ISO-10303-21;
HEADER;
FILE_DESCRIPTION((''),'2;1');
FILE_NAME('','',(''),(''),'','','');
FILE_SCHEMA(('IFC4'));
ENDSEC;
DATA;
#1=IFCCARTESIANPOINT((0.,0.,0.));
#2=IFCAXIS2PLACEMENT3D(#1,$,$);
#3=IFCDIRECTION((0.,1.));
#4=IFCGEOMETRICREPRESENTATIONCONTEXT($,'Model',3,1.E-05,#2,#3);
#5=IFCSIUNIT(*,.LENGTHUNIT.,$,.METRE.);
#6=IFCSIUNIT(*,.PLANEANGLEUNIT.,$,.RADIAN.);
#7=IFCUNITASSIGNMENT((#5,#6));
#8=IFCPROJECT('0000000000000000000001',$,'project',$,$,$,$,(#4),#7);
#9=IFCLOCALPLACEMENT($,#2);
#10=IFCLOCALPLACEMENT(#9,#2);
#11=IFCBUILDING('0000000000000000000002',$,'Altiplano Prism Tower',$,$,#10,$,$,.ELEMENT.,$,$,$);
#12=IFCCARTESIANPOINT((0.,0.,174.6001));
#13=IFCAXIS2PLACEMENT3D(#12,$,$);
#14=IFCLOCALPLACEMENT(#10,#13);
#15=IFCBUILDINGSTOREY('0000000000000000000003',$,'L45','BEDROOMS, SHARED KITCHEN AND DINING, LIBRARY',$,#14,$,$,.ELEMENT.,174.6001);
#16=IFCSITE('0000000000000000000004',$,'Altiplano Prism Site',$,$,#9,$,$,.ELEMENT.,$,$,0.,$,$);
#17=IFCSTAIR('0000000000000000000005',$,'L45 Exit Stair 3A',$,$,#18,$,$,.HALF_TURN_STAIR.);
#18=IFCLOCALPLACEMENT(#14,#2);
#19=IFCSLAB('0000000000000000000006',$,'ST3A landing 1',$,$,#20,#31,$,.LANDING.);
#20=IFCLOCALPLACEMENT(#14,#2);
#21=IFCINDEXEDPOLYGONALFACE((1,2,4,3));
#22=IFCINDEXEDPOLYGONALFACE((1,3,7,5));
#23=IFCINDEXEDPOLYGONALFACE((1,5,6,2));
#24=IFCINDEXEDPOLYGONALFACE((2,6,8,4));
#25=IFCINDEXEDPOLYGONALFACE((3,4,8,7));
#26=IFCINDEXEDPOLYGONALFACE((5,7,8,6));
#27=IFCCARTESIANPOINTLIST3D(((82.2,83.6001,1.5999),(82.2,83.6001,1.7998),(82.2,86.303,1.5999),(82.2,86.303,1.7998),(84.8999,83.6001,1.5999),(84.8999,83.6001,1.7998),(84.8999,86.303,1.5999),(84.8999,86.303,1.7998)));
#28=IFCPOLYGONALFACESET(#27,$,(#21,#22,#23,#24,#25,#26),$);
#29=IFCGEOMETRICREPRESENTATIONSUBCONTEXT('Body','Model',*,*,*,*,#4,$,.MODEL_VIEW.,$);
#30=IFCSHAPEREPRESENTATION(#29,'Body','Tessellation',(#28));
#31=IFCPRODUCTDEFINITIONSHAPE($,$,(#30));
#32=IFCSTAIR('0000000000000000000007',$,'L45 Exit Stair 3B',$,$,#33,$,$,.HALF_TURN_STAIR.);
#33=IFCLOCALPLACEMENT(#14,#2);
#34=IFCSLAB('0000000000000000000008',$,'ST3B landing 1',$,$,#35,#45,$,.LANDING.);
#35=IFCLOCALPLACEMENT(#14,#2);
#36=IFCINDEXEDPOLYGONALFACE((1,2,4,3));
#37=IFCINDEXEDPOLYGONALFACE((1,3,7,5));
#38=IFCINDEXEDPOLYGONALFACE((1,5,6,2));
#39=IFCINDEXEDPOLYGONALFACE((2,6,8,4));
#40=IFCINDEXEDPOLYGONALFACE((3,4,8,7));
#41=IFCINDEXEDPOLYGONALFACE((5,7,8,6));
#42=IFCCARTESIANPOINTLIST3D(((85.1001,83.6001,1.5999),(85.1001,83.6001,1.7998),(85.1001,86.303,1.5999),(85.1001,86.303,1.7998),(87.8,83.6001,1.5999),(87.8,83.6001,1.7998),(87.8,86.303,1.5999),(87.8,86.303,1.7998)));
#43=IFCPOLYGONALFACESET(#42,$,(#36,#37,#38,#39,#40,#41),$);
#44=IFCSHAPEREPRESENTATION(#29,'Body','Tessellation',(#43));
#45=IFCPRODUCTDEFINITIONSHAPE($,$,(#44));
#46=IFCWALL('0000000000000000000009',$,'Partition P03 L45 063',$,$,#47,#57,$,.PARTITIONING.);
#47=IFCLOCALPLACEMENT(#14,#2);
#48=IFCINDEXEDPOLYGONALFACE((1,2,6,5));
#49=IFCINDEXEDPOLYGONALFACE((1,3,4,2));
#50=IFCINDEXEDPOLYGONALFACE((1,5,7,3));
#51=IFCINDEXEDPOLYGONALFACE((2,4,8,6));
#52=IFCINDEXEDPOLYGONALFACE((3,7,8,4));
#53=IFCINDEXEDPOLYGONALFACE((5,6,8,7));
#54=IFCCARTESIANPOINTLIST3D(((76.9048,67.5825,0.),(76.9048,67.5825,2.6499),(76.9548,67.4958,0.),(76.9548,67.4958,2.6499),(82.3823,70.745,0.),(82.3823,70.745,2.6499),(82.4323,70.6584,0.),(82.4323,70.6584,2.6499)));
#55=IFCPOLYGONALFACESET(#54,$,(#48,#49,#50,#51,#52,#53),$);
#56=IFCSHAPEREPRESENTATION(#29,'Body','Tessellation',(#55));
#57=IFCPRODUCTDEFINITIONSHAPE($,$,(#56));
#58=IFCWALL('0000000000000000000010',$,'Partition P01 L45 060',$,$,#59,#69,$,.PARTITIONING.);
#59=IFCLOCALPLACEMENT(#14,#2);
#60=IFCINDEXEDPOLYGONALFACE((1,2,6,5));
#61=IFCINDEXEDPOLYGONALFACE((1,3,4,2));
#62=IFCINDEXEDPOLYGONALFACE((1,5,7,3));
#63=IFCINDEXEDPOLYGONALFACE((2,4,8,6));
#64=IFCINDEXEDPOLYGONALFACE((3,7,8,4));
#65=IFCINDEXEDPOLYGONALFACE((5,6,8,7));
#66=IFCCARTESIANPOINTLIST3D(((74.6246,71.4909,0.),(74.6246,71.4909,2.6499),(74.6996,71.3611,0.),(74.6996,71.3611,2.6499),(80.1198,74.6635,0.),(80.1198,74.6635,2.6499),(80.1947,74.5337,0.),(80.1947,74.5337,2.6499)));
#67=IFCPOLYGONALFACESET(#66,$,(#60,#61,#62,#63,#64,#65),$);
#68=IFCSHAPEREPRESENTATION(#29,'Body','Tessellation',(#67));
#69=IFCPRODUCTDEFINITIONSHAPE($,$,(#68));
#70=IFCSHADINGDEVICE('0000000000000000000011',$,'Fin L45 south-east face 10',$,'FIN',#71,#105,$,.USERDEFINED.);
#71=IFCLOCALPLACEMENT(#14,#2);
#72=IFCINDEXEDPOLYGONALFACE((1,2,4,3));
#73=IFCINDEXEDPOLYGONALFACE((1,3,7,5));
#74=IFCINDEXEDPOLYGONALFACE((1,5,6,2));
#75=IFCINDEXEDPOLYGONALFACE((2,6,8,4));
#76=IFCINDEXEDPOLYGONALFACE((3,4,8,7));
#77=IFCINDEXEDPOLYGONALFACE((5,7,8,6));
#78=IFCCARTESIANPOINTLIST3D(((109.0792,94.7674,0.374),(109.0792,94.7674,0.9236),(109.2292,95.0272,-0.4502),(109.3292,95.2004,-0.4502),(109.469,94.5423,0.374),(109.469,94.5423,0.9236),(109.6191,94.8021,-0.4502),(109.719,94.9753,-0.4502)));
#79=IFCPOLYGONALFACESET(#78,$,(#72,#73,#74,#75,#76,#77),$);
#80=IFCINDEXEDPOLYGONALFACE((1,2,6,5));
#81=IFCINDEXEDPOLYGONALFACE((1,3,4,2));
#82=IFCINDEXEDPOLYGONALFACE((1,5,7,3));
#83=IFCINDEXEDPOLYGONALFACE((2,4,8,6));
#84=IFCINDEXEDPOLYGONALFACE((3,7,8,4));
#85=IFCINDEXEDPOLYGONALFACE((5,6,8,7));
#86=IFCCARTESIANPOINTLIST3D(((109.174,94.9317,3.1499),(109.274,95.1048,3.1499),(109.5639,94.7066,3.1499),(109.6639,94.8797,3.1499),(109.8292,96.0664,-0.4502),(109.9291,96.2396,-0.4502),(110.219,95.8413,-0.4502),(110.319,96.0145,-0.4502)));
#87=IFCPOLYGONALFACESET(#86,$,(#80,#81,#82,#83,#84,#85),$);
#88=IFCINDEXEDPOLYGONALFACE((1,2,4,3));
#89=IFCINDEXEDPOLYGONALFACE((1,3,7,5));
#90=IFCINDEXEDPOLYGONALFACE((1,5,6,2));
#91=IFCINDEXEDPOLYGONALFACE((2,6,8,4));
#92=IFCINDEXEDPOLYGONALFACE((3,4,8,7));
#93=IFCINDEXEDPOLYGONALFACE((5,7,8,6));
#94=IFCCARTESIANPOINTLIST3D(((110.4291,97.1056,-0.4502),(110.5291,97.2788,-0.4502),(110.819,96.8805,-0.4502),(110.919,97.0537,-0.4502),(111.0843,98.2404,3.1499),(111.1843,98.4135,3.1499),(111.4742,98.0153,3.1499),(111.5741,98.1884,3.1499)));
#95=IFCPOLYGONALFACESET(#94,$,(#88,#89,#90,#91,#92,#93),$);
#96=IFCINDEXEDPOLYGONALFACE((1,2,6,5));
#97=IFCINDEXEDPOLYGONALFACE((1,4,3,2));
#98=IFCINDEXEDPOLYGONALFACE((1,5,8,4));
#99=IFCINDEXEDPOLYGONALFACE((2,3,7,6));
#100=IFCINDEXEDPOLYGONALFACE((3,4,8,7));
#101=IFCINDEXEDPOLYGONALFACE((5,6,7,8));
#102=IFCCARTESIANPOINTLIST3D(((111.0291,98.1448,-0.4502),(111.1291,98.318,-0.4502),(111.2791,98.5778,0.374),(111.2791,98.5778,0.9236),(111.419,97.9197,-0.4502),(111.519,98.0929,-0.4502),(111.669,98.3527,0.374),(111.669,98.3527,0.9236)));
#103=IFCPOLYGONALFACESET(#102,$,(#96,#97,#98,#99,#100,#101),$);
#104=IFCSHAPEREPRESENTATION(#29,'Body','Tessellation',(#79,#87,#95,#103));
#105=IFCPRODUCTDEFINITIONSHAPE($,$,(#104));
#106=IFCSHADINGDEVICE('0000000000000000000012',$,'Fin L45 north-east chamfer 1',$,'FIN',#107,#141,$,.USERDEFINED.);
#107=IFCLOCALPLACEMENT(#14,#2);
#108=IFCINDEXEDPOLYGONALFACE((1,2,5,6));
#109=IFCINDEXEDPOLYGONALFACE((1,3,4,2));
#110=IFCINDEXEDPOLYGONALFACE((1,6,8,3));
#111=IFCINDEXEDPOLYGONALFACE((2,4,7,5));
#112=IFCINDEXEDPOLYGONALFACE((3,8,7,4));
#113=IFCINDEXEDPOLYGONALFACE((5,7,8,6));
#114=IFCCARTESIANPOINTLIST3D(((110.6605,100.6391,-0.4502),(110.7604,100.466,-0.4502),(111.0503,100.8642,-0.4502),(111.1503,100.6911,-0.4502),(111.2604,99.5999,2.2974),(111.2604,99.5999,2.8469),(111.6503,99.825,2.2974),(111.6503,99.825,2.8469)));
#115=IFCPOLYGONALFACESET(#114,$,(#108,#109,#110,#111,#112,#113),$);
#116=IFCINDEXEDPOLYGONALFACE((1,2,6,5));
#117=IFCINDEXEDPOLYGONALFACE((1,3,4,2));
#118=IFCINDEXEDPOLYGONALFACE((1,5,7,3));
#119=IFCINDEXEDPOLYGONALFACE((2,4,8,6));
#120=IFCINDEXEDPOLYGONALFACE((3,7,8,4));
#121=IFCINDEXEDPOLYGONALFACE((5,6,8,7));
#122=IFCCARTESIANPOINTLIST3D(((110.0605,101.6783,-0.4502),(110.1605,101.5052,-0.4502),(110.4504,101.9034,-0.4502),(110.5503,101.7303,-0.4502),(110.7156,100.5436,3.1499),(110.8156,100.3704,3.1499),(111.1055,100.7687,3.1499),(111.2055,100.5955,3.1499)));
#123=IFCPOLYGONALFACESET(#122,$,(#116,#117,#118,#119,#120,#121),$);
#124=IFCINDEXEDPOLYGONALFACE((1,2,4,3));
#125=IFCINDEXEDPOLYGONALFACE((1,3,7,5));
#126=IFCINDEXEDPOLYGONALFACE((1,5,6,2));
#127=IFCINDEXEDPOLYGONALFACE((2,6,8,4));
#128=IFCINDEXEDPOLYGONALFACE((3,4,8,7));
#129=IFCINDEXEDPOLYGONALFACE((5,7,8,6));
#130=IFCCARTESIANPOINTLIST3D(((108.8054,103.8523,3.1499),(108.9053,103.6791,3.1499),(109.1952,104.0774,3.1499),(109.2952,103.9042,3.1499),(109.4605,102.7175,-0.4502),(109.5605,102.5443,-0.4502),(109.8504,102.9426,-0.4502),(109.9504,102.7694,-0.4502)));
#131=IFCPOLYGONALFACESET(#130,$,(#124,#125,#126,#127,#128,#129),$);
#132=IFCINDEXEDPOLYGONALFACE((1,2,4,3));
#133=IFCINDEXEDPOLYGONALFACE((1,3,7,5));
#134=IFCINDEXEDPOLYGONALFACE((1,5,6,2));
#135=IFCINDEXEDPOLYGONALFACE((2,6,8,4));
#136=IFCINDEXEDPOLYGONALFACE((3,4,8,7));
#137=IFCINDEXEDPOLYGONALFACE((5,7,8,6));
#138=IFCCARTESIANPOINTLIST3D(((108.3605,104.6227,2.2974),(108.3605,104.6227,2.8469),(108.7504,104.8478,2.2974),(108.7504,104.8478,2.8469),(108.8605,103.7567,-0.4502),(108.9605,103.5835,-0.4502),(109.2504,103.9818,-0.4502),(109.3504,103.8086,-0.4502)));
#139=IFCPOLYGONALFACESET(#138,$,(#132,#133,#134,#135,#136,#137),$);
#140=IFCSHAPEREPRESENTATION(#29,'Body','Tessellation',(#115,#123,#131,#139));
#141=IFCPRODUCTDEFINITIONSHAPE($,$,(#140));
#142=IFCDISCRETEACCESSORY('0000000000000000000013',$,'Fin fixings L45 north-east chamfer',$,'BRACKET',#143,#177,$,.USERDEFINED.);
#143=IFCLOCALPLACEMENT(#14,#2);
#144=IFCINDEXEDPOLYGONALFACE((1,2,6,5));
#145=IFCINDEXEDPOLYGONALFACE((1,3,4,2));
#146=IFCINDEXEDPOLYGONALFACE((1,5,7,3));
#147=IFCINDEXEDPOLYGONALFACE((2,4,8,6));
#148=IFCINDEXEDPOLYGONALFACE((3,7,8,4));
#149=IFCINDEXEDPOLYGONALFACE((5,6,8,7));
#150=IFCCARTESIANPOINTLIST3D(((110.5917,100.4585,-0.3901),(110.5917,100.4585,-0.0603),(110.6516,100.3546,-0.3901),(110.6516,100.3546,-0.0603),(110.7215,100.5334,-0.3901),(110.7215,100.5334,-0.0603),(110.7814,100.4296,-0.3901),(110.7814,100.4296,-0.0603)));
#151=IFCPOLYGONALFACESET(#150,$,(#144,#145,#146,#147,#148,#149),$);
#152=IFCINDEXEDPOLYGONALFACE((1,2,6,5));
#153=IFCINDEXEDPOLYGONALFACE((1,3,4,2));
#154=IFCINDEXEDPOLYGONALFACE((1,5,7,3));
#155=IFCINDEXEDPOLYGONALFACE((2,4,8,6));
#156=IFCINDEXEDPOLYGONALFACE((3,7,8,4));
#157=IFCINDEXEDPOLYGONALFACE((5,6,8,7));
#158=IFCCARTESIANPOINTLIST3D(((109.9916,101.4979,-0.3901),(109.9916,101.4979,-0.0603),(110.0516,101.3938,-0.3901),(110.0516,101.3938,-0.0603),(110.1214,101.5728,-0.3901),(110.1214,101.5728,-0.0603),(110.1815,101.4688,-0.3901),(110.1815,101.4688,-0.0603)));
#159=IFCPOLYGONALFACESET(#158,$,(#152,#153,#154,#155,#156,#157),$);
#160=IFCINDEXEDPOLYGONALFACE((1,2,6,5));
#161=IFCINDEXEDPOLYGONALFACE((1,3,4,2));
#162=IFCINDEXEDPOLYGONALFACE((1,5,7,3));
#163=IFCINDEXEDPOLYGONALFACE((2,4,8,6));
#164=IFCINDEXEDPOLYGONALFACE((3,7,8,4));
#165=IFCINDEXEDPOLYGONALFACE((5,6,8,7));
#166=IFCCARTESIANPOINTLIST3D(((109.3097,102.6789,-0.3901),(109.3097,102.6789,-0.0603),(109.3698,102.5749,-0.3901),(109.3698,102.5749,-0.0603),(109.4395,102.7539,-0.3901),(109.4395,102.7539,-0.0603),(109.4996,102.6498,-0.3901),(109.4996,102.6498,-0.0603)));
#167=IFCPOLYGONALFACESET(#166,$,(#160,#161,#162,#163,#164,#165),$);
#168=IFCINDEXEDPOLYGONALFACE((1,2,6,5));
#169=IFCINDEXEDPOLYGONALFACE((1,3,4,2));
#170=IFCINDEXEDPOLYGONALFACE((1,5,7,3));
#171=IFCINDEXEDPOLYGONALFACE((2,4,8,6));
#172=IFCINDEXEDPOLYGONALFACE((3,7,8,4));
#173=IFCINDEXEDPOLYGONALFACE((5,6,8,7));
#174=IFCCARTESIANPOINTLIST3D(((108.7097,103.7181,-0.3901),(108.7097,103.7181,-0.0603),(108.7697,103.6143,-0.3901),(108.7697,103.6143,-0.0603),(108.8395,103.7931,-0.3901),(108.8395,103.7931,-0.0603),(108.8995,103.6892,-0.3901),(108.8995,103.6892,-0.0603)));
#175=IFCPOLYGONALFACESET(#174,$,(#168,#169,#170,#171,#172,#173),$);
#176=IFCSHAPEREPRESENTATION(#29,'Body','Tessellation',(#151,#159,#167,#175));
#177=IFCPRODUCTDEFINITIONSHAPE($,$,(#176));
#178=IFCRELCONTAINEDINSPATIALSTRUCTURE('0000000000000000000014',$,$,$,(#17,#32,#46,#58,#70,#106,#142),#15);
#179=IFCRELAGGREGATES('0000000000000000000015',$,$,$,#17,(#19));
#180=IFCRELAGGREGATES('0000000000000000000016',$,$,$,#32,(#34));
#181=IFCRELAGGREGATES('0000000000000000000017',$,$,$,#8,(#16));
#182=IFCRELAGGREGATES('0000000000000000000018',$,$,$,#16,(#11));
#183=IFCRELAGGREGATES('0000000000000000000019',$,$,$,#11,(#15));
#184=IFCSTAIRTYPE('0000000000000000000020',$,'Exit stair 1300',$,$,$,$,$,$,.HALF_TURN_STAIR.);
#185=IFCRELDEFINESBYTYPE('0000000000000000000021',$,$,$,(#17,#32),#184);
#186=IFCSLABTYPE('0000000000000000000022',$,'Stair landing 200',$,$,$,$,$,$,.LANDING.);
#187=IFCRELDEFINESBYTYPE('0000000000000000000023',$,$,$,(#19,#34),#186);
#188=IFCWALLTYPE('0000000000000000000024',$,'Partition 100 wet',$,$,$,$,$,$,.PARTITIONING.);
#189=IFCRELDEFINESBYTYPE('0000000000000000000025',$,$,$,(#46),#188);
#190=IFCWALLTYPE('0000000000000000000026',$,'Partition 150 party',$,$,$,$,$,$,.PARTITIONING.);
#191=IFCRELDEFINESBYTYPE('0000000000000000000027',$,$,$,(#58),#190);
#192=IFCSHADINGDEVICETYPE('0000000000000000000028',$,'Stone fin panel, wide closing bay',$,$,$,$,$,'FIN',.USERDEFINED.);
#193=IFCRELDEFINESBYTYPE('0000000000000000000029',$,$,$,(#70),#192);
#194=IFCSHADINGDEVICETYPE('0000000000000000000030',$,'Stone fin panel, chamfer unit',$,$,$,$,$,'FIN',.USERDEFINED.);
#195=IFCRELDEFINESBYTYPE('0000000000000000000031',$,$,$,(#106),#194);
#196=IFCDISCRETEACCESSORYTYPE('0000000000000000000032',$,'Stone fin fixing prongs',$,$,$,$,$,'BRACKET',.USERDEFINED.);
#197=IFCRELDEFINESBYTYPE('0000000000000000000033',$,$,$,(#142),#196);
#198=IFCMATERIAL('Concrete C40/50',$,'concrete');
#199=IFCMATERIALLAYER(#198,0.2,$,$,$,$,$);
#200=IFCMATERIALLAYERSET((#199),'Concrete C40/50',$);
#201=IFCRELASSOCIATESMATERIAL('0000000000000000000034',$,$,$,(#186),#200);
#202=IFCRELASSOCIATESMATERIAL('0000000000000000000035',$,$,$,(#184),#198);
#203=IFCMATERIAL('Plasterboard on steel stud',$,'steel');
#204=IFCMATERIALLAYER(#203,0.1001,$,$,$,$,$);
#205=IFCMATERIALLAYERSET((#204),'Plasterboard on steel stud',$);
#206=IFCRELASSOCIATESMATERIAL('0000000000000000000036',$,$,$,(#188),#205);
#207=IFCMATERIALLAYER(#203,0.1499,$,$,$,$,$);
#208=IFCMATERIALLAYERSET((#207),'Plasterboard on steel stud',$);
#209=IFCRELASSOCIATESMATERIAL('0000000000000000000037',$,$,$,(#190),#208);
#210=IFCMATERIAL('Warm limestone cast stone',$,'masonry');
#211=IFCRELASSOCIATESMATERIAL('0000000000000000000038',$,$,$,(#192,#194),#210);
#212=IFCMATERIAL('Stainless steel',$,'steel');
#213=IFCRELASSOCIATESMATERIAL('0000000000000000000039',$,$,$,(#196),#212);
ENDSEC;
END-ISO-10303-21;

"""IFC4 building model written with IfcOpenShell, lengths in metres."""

from ifc_helpers import new_model, si_unit, direction, frame, frame_2d, origin, place, context, subcontext, project, spatial, polyline, rectangle, outline, extrude, source, transform, mapped, material, layer, layer_set, type_object, element, aggregate, save


model = new_model("IFC4")

# Units and contexts
model_context = context("Model", 3, precision=1e-05, world=origin(), true_north=direction((0.0, 1.0)))
body_context = subcontext(model_context, "Body", "Model", "MODEL_VIEW")
ifc_project = project(units=[si_unit("LENGTHUNIT", "METRE"), si_unit("PLANEANGLEUNIT", "RADIAN")], contexts=[model_context])

# Site, building, storey
site_placement = place(None, origin())
site = spatial("IfcSite", under=ifc_project, at=site_placement, Name="Altiplano Prism Site", CompositionType="ELEMENT", RefElevation=0.0)
building_placement = place(site_placement, origin())
building = spatial("IfcBuilding", under=site, at=building_placement, Name="Altiplano Prism Tower", CompositionType="ELEMENT")
storey_placement = place(building_placement, frame((0.0, 0.0, 174.6001)))
storey = spatial("IfcBuildingStorey", under=building, at=storey_placement, Name="L45", Description="BEDROOMS, SHARED KITCHEN AND DINING, LIBRARY", CompositionType="ELEMENT", Elevation=174.6001)

# Shared definitions
ifc_material_1 = material(Name="Concrete C40/50", Category="concrete")

# Stairs, slabs
ifc_layer_1 = layer(ifc_material_1, 0.2)
ifc_layer_set_1 = layer_set([ifc_layer_1], Name="Concrete C40/50")
slab_type_1 = type_object("IfcSlabType", Name="Stair landing 200", PredefinedType="LANDING", material=ifc_layer_set_1)
stair_type_1 = type_object("IfcStairType", Name="Exit stair 1300", PredefinedType="HALF_TURN_STAIR", material=ifc_material_1)
stair_1_placement = place(storey_placement, origin())
stair_1 = element("IfcStair", 1, at=stair_1_placement, inside=storey, type_object=stair_type_1, Name="L45 Exit Stair 3A", PredefinedType="HALF_TURN_STAIR")
slab_1_placement = place(storey_placement, frame((0.0, 0.0, 1.5999)))
slab_1 = element("IfcSlab", 2, at=slab_1_placement, type_object=slab_type_1, Name="ST3A landing 1", PredefinedType="LANDING", context=body_context, shape_type="SweptSolid", body=[
    extrude(outline(polyline([(82.2, 86.303), (82.2, 83.6001), (84.8999, 83.6001), (84.8999, 86.303), (82.2, 86.303)])), origin(), (0.0, 0.0, 1.0), 0.2),
])
aggregate(stair_1, [slab_1])
stair_2_placement = place(storey_placement, origin())
stair_2 = element("IfcStair", 3, at=stair_2_placement, inside=storey, type_object=stair_type_1, Name="L45 Exit Stair 3B", PredefinedType="HALF_TURN_STAIR")
slab_2_placement = place(storey_placement, frame((0.0, 0.0, 1.5999)))
slab_2 = element("IfcSlab", 4, at=slab_2_placement, type_object=slab_type_1, Name="ST3B landing 1", PredefinedType="LANDING", context=body_context, shape_type="SweptSolid", body=[
    extrude(outline(polyline([(85.1001, 86.303), (85.1001, 83.6001), (87.8, 83.6001), (87.8, 86.303), (85.1001, 86.303)])), origin(), (0.0, 0.0, 1.0), 0.2),
])
aggregate(stair_2, [slab_2])

# Walls
ifc_material_2 = material(Name="Plasterboard on steel stud", Category="steel")
ifc_layer_2 = layer(ifc_material_2, 0.1001)
ifc_layer_set_2 = layer_set([ifc_layer_2], Name="Plasterboard on steel stud")
wall_type_1 = type_object("IfcWallType", Name="Partition 100 wet", PredefinedType="PARTITIONING", material=ifc_layer_set_2)
wall_1_placement = place(storey_placement, frame((76.9297, 67.5391, 0.0), z_axis=(0.0, 0.0, 1.0), x_axis=(0.866016, 0.500016, 0.0)))
element("IfcWall", 5, at=wall_1_placement, inside=storey, type_object=wall_type_1, Name="Partition P03 L45 063", PredefinedType="PARTITIONING", context=body_context, shape_type="SweptSolid", body=[
    extrude(rectangle(XDim=6.325, YDim=0.1001, at=frame_2d((3.1626, 0.0))), origin(), (0.0, 0.0, 1.0), 2.6499),
])
ifc_layer_3 = layer(ifc_material_2, 0.1499)
ifc_layer_set_3 = layer_set([ifc_layer_3], Name="Plasterboard on steel stud")
wall_type_2 = type_object("IfcWallType", Name="Partition 150 party", PredefinedType="PARTITIONING", material=ifc_layer_set_3)
wall_2_placement = place(storey_placement, frame((74.6621, 71.426, 0.0), z_axis=(0.0, 0.0, 1.0), x_axis=(0.866025, 0.5, 0.0)))
element("IfcWall", 6, at=wall_2_placement, inside=storey, type_object=wall_type_2, Name="Partition P01 L45 060", PredefinedType="PARTITIONING", context=body_context, shape_type="SweptSolid", body=[
    extrude(rectangle(XDim=6.3452, YDim=0.1499, at=frame_2d((3.1726, 0.0))), origin(), (0.0, 0.0, 1.0), 2.6499),
])

# Shading devices
ifc_material_3 = material(Name="Warm limestone cast stone", Category="masonry")
shading_device_type_1 = type_object("IfcShadingDeviceType", Name="Stone fin panel, wide closing bay", ElementType="FIN", PredefinedType="USERDEFINED", material=ifc_material_3)
shared_shape_1 = source(origin(), body_context, "Body", "SweptSolid", [
    extrude(outline(polyline([(-2.2, 1.3738), (-2.2, 0.8242), (-1.8999, 0.0), (-1.7, 0.0), (-2.2, 1.3738)])), frame((0.0, -0.1499, 0.0), z_axis=(0.0, -1.0, 0.0), x_axis=(1.0, 0.0, 0.0)), (0.0, 0.0, 1.0), 0.4502),
    extrude(outline(polyline([(-2.0103, 3.6001), (-0.7, 0.0), (-0.5, 0.0), (-1.8103, 3.6001), (-2.0103, 3.6001)])), frame((0.0, -0.1499, 0.0), z_axis=(0.0, -1.0, 0.0), x_axis=(1.0, 0.0, 0.0)), (0.0, 0.0, 1.0), 0.4502),
    extrude(outline(polyline([(1.8103, 3.6001), (0.5, 0.0), (0.7, 0.0), (2.0103, 3.6001), (1.8103, 3.6001)])), frame((0.0, -0.1499, 0.0), z_axis=(0.0, -1.0, 0.0), x_axis=(1.0, 0.0, 0.0)), (0.0, 0.0, 1.0), 0.4502),
    extrude(outline(polyline([(2.2, 0.8242), (2.2, 1.3738), (1.7, 0.0), (1.8999, 0.0), (2.2, 0.8242)])), frame((0.0, -0.1499, 0.0), z_axis=(0.0, -1.0, 0.0), x_axis=(1.0, 0.0, 0.0)), (0.0, 0.0, 1.0), 0.4502),
])
shading_device_1_placement = place(storey_placement, origin())
element("IfcShadingDevice", 7, at=shading_device_1_placement, inside=storey, type_object=shading_device_type_1, Name="Fin L45 south-east face 10", ObjectType="FIN", PredefinedType="USERDEFINED", context=body_context, shape_type="MappedRepresentation", body=[
    mapped(shared_shape_1, transform((110.0493, 96.7476, -0.4502), x_axis=(0.5, 0.866025, 0.0), y_axis=(-0.866025, 0.5, 0.0), z_axis=(0.0, 0.0, 1.0))),
])
shading_device_type_2 = type_object("IfcShadingDeviceType", Name="Stone fin panel, chamfer unit", ElementType="FIN", PredefinedType="USERDEFINED", material=ifc_material_3)
shared_shape_2 = source(origin(), body_context, "Body", "SweptSolid", [
    extrude(outline(polyline([(-2.8999, 3.2971), (-2.8999, 2.7476), (-1.8999, 0.0), (-1.7, 0.0), (-2.8999, 3.2971)])), frame((0.0, -0.1499, 0.0), z_axis=(0.0, -1.0, 0.0), x_axis=(1.0, 0.0, 0.0)), (0.0, 0.0, 1.0), 0.4502),
    extrude(outline(polyline([(-2.0103, 3.6001), (-0.7, 0.0), (-0.5, 0.0), (-1.8103, 3.6001), (-2.0103, 3.6001)])), frame((0.0, -0.1499, 0.0), z_axis=(0.0, -1.0, 0.0), x_axis=(1.0, 0.0, 0.0)), (0.0, 0.0, 1.0), 0.4502),
    extrude(outline(polyline([(1.8103, 3.6001), (0.5, 0.0), (0.7, 0.0), (2.0103, 3.6001), (1.8103, 3.6001)])), frame((0.0, -0.1499, 0.0), z_axis=(0.0, -1.0, 0.0), x_axis=(1.0, 0.0, 0.0)), (0.0, 0.0, 1.0), 0.4502),
    extrude(outline(polyline([(2.8999, 2.7476), (2.8999, 3.2971), (1.7, 0.0), (1.8999, 0.0), (2.8999, 2.7476)])), frame((0.0, -0.1499, 0.0), z_axis=(0.0, -1.0, 0.0), x_axis=(1.0, 0.0, 0.0)), (0.0, 0.0, 1.0), 0.4502),
])
shading_device_2_placement = place(storey_placement, origin())
element("IfcShadingDevice", 8, at=shading_device_2_placement, inside=storey, type_object=shading_device_type_2, Name="Fin L45 north-east chamfer 1", ObjectType="FIN", PredefinedType="USERDEFINED", context=body_context, shape_type="MappedRepresentation", body=[
    mapped(shared_shape_2, transform((109.6807, 102.0364, -0.4502), x_axis=(-0.5, 0.866025, 0.0), y_axis=(-0.866025, -0.5, 0.0), z_axis=(0.0, 0.0, 1.0))),
])

# Discrete accessory
ifc_material_4 = material(Name="Stainless steel", Category="steel")
discrete_accessory_type = type_object("IfcDiscreteAccessoryType", Name="Stone fin fixing prongs", ElementType="BRACKET", PredefinedType="USERDEFINED", material=ifc_material_4)
shared_shape_3 = source(origin(), body_context, "Body", "SweptSolid", [
    extrude(outline(polyline([(-1.9419, 0.0601), (-1.822, 0.0601), (-1.822, 0.3899), (-1.9419, 0.3899), (-1.9419, 0.0601)])), frame((0.0, 0.0, 0.0), z_axis=(0.0, -1.0, 0.0), x_axis=(1.0, 0.0, 0.0)), (0.0, 0.0, 1.0), 0.1499),
    extrude(outline(polyline([(-0.7419, 0.0601), (-0.6218, 0.0601), (-0.6218, 0.3899), (-0.7419, 0.3899), (-0.7419, 0.0601)])), frame((0.0, 0.0, 0.0), z_axis=(0.0, -1.0, 0.0), x_axis=(1.0, 0.0, 0.0)), (0.0, 0.0, 1.0), 0.1499),
    extrude(outline(polyline([(0.6218, 0.0601), (0.7419, 0.0601), (0.7419, 0.3899), (0.6218, 0.3899), (0.6218, 0.0601)])), frame((0.0, 0.0, 0.0), z_axis=(0.0, -1.0, 0.0), x_axis=(1.0, 0.0, 0.0)), (0.0, 0.0, 1.0), 0.1499),
    extrude(outline(polyline([(1.822, 0.0601), (1.9419, 0.0601), (1.9419, 0.3899), (1.822, 0.3899), (1.822, 0.0601)])), frame((0.0, 0.0, 0.0), z_axis=(0.0, -1.0, 0.0), x_axis=(1.0, 0.0, 0.0)), (0.0, 0.0, 1.0), 0.1499),
])
discrete_accessory_1_placement = place(storey_placement, origin())
element("IfcDiscreteAccessory", 9, at=discrete_accessory_1_placement, inside=storey, type_object=discrete_accessory_type, Name="Fin fixings L45 north-east chamfer", ObjectType="BRACKET", PredefinedType="USERDEFINED", context=body_context, shape_type="MappedRepresentation", body=[
    mapped(shared_shape_3, transform((109.6807, 102.0364, -0.4502), x_axis=(-0.5, 0.866025, 0.0), y_axis=(-0.866025, -0.5, 0.0), z_axis=(0.0, 0.0, 1.0))),
])

save(model, "model.ifc")
